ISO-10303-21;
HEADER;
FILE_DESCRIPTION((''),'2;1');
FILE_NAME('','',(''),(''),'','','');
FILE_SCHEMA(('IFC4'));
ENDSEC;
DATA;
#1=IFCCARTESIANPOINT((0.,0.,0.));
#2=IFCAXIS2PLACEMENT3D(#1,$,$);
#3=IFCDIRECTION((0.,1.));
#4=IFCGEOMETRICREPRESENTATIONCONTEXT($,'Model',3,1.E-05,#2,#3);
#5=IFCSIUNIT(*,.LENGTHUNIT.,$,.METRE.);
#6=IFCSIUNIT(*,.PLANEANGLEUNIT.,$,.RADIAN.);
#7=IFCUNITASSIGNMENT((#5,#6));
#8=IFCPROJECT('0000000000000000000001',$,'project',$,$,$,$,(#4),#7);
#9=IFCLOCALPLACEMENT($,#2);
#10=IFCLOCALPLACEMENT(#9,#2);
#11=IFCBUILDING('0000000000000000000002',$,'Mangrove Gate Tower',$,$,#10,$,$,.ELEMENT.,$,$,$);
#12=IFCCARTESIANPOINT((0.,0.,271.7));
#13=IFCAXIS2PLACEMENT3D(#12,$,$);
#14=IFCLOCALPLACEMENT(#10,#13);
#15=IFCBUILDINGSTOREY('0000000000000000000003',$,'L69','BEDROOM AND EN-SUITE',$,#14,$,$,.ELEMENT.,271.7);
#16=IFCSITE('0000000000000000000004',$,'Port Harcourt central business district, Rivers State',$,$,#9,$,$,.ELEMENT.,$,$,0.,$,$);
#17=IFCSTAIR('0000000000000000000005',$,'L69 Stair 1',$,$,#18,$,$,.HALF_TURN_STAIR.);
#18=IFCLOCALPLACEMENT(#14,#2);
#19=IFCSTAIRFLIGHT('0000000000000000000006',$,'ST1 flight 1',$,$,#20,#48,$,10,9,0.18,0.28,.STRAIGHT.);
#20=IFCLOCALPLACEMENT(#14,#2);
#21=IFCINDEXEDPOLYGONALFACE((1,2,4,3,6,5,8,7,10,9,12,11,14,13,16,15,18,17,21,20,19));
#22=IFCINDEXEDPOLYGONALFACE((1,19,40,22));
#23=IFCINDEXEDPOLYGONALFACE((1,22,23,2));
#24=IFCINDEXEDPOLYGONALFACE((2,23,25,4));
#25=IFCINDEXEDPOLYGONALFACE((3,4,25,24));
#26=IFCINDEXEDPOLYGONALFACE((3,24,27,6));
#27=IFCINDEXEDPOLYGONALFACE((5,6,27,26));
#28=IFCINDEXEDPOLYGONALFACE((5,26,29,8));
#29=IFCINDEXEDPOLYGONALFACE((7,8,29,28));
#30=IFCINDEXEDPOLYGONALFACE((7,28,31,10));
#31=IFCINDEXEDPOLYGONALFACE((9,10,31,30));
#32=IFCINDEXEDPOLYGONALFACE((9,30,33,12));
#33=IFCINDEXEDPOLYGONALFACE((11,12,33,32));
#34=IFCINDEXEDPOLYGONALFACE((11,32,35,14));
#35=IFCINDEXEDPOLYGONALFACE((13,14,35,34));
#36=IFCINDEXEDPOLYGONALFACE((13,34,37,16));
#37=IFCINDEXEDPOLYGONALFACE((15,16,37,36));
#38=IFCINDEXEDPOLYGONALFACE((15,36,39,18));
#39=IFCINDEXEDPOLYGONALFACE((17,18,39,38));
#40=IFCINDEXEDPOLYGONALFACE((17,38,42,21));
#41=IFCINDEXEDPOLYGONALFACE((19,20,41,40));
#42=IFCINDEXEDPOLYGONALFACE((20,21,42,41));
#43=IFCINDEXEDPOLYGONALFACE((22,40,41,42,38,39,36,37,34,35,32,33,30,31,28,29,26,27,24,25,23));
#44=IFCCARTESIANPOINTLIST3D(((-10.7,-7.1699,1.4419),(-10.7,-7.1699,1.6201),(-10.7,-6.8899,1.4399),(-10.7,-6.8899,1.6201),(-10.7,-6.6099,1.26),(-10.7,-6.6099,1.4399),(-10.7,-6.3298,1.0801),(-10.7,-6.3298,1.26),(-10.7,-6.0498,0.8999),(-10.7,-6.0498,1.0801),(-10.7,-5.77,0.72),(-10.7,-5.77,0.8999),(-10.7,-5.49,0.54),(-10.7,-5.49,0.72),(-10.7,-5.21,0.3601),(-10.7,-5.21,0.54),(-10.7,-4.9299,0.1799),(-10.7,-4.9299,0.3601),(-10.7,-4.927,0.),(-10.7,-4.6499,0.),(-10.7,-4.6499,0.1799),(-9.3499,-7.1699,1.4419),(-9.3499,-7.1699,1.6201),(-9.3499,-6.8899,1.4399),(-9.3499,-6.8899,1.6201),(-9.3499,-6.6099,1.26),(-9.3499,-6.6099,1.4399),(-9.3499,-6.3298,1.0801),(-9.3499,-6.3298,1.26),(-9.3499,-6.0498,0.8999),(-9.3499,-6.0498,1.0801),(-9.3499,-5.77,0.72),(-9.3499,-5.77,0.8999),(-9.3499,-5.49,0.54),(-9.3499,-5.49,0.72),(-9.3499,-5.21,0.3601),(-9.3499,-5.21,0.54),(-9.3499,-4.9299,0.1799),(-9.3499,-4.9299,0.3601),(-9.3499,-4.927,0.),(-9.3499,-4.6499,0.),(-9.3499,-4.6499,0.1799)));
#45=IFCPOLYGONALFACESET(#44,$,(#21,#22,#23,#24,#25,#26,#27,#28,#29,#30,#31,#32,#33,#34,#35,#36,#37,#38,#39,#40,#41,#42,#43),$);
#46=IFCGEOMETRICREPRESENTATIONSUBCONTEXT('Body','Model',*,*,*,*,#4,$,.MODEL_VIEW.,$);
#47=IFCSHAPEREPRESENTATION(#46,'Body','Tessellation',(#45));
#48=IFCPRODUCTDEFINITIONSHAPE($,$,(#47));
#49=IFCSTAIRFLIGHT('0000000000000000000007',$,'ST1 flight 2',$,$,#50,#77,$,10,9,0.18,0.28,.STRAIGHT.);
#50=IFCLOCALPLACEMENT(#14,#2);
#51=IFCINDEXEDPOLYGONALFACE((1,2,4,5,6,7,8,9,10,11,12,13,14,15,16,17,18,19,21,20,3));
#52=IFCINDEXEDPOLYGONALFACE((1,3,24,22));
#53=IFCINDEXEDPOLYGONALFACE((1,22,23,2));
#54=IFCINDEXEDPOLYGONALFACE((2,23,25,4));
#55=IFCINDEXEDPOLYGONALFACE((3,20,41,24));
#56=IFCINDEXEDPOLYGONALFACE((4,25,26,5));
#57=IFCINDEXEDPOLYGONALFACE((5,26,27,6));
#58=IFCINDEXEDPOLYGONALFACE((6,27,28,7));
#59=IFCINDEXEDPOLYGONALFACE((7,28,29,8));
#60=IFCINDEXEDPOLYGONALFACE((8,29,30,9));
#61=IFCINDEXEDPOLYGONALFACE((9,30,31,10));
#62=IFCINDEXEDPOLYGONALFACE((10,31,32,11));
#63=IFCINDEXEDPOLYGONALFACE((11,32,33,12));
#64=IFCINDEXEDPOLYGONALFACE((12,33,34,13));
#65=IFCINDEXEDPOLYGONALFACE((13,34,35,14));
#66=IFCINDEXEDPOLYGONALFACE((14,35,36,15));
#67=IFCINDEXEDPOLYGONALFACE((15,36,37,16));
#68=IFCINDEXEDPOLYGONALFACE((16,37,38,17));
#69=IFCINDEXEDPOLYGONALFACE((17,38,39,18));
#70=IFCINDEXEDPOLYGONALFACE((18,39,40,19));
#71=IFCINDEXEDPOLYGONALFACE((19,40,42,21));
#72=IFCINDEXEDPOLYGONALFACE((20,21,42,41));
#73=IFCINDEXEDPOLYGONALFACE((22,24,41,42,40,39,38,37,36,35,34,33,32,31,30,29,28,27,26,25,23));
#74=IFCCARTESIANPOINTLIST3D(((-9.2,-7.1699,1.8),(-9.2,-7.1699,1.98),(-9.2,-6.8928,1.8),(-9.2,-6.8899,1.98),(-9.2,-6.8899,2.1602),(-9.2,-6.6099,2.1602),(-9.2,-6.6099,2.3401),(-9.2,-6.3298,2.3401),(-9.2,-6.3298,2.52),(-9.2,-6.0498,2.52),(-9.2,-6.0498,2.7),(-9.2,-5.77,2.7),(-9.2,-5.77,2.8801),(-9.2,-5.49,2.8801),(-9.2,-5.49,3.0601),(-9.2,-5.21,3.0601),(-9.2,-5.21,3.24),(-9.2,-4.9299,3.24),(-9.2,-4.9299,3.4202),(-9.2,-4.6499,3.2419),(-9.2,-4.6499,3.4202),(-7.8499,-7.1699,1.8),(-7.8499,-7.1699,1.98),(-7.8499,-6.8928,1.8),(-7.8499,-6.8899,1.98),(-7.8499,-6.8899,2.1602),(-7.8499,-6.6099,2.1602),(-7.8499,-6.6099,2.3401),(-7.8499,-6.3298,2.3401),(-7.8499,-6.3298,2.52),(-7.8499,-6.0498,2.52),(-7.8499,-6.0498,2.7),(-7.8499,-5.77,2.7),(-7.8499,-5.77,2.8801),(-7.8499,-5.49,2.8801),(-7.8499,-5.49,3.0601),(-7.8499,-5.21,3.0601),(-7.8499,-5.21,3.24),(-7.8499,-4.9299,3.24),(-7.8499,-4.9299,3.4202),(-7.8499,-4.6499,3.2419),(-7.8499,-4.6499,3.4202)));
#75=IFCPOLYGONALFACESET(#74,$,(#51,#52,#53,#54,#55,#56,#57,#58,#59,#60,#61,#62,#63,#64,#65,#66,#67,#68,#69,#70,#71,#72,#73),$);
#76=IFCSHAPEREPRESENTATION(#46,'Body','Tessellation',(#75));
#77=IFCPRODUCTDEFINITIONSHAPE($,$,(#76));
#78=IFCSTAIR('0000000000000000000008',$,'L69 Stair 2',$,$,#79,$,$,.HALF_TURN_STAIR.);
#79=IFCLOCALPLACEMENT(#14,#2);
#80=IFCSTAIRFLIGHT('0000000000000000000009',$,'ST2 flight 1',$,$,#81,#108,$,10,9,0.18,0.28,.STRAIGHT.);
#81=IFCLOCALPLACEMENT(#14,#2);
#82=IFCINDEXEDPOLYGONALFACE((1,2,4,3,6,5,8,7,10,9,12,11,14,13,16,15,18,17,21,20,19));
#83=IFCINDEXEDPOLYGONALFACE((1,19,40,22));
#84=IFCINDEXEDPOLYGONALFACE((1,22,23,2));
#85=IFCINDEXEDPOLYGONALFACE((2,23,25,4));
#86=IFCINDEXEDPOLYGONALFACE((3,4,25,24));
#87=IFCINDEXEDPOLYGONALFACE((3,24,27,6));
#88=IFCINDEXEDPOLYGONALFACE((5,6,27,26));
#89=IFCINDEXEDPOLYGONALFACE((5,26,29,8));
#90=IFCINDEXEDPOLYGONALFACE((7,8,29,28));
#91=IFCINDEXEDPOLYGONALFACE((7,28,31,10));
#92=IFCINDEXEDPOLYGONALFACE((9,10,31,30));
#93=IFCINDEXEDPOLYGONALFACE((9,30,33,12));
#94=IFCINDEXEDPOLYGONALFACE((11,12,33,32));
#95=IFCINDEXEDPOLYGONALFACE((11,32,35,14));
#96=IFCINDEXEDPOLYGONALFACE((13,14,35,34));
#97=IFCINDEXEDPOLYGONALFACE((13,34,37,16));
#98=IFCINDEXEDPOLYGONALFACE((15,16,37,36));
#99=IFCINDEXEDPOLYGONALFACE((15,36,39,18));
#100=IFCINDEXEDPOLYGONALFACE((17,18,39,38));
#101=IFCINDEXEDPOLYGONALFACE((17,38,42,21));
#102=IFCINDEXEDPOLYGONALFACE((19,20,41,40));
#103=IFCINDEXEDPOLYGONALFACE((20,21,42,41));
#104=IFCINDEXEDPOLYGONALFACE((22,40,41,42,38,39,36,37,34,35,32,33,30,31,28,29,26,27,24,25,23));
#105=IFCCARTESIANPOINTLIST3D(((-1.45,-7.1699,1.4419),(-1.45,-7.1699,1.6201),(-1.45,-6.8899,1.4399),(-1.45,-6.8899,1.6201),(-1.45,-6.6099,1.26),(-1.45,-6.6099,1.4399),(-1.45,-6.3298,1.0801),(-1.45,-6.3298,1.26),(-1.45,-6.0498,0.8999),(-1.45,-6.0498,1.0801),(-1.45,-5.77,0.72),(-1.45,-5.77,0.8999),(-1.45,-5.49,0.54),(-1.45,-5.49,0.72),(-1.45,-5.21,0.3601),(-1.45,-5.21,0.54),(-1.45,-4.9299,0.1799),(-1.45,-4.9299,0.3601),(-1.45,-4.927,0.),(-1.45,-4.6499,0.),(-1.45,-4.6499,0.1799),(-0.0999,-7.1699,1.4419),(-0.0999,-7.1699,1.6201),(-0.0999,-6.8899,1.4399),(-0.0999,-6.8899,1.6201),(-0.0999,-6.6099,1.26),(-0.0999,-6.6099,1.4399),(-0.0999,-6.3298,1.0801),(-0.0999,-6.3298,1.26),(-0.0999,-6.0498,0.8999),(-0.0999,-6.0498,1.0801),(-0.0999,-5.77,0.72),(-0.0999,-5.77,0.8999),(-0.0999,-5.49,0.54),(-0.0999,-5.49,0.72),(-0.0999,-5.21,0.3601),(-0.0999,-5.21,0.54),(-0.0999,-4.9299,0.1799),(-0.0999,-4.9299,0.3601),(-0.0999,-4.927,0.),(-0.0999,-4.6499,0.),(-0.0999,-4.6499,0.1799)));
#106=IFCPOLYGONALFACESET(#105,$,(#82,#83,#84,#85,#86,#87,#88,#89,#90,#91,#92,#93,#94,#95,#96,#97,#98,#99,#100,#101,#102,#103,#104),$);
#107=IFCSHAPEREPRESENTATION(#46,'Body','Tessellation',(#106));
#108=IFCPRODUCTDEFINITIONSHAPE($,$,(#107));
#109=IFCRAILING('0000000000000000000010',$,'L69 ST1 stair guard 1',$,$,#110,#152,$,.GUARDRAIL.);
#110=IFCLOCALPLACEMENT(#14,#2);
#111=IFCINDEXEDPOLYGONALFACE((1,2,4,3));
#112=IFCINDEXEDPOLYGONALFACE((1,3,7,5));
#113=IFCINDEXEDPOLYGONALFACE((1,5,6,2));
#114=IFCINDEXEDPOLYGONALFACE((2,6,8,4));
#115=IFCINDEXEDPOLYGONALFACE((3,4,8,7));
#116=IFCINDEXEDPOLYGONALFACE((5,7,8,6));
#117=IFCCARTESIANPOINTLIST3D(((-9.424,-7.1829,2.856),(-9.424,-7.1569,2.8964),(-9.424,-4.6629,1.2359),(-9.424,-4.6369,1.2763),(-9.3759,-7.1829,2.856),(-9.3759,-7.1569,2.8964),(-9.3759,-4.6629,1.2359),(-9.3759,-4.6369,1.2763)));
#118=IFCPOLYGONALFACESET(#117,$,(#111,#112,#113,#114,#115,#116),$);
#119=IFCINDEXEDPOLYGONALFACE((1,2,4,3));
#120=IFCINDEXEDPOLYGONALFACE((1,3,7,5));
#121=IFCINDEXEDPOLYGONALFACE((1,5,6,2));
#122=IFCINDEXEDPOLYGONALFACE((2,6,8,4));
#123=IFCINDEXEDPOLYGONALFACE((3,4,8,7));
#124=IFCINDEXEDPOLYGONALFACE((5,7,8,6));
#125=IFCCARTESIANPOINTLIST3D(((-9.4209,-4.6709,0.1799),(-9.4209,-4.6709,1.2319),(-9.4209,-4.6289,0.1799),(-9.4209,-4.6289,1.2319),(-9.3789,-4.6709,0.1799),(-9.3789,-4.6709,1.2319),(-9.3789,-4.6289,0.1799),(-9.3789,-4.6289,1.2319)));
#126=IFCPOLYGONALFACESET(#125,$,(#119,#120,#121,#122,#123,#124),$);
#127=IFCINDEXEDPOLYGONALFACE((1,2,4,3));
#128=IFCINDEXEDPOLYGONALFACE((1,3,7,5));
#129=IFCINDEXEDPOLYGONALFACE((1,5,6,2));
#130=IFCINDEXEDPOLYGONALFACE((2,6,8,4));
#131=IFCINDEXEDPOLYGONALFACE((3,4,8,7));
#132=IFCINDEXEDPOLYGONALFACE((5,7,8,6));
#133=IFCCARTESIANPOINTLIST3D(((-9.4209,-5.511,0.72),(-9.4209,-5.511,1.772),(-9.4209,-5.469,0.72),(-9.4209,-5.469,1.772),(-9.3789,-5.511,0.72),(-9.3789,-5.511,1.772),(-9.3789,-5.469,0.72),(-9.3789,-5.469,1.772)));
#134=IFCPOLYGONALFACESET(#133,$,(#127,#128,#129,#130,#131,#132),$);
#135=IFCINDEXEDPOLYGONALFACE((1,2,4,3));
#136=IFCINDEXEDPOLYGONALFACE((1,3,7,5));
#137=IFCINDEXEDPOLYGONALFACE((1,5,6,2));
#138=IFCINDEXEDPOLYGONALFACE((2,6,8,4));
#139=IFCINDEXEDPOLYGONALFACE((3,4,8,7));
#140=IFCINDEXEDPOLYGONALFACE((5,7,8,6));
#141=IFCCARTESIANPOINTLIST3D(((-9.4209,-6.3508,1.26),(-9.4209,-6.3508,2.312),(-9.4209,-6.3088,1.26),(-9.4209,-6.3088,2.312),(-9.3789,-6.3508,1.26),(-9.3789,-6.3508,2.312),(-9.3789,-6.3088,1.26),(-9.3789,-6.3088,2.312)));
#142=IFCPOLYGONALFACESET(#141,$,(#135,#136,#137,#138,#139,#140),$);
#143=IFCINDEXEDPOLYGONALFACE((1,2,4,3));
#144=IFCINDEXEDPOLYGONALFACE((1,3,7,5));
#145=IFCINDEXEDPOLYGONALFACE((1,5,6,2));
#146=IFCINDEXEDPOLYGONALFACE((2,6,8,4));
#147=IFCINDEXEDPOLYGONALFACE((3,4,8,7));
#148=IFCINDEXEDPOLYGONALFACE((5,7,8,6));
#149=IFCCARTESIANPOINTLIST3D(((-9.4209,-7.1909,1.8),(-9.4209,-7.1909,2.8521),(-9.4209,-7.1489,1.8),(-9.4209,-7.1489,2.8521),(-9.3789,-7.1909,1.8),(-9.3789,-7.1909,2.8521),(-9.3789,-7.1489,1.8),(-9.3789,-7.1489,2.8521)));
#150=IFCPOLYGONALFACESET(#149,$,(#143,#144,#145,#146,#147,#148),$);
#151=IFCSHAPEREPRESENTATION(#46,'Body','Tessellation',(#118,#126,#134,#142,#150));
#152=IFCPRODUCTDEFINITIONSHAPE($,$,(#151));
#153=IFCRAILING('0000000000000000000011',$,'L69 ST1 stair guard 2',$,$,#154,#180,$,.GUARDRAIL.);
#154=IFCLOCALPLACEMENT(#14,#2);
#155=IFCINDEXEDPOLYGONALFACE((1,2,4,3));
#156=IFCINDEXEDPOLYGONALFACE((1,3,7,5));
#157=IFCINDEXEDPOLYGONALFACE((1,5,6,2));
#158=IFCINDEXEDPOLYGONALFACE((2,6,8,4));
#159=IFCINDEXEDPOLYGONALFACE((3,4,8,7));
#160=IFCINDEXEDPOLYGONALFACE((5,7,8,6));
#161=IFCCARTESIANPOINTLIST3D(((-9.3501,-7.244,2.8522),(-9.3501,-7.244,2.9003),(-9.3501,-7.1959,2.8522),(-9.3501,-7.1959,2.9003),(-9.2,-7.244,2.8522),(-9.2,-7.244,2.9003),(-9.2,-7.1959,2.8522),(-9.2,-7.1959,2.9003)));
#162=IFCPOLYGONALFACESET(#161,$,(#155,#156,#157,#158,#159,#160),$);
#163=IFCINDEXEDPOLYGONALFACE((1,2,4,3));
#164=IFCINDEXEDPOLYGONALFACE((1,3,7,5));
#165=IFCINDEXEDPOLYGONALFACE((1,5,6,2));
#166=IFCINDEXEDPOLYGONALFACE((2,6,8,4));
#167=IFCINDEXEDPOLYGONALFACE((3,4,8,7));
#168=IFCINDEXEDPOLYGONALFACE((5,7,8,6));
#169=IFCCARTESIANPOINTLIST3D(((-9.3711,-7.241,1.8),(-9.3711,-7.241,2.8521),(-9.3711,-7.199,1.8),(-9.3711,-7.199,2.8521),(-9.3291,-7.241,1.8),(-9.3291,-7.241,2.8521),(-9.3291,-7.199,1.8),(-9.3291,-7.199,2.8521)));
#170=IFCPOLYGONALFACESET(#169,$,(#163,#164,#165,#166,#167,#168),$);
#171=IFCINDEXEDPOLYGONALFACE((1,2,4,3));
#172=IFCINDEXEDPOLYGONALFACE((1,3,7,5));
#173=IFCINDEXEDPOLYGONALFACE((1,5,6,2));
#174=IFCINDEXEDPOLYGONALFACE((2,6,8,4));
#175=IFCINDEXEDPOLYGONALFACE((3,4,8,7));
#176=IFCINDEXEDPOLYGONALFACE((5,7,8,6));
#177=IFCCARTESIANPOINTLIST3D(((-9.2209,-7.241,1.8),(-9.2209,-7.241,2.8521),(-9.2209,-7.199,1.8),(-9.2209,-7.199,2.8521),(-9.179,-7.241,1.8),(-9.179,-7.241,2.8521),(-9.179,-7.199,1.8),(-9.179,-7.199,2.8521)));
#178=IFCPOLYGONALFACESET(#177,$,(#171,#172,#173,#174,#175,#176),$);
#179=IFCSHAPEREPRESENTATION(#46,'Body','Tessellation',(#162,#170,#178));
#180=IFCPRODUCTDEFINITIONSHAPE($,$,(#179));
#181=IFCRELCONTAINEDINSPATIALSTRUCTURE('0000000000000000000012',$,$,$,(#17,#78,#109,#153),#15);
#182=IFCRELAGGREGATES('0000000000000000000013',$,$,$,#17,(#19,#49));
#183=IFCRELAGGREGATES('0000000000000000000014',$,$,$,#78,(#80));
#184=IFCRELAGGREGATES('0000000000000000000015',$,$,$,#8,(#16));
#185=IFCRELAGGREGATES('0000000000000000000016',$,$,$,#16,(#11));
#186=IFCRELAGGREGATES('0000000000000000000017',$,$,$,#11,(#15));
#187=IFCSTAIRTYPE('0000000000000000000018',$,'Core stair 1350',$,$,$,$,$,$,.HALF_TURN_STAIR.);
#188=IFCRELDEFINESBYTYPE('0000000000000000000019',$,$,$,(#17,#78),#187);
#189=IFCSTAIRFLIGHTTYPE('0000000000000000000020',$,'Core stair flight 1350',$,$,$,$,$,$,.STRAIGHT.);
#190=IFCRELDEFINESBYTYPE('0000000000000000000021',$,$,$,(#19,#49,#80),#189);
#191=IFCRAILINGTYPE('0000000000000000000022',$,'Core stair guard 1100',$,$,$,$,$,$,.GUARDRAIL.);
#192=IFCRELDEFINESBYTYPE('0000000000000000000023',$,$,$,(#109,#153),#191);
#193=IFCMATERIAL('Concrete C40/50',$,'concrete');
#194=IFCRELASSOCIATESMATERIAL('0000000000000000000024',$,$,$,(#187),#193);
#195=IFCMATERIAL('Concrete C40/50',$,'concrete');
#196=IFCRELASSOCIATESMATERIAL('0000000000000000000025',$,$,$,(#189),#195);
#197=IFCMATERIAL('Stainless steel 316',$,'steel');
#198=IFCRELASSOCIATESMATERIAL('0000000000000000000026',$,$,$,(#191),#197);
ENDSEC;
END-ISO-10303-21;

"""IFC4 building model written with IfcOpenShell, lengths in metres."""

from ifc_helpers import new_model, si_unit, direction, frame, origin, origin_2d, place, context, subcontext, project, spatial, polyline, rectangle, outline, extrude, material, type_object, element, aggregate, save


model = new_model("IFC4")

# Units and contexts
model_context = context("Model", 3, precision=1e-05, world=origin(), true_north=direction((0.0, 1.0)))
body_context = subcontext(model_context, "Body", "Model", "MODEL_VIEW")
ifc_project = project(units=[si_unit("LENGTHUNIT", "METRE"), si_unit("PLANEANGLEUNIT", "RADIAN")], contexts=[model_context])

# Site, building, storey
site_placement = place(None, origin())
site = spatial("IfcSite", under=ifc_project, at=site_placement, Name="Port Harcourt central business district, Rivers State", CompositionType="ELEMENT", RefElevation=0.0)
building_placement = place(site_placement, origin())
building = spatial("IfcBuilding", under=site, at=building_placement, Name="Mangrove Gate Tower", CompositionType="ELEMENT")
storey_placement = place(building_placement, frame((0.0, 0.0, 271.7)))
storey = spatial("IfcBuildingStorey", under=building, at=storey_placement, Name="L69", Description="BEDROOM AND EN-SUITE", CompositionType="ELEMENT", Elevation=271.7)

# Stair, stair flights
ifc_material_1 = material(Name="Concrete C40/50", Category="concrete")
stair_type = type_object("IfcStairType", Name="Core stair 1350", PredefinedType="HALF_TURN_STAIR", material=ifc_material_1)
stair_1_placement = place(storey_placement, origin())
stair_1 = element("IfcStair", 1, at=stair_1_placement, inside=storey, type_object=stair_type, Name="L69 Stair 1", PredefinedType="HALF_TURN_STAIR")
ifc_material_2 = material(Name="Concrete C40/50", Category="concrete")
stair_flight_type = type_object("IfcStairFlightType", Name="Core stair flight 1350", PredefinedType="STRAIGHT", material=ifc_material_2)
stair_flight_1_placement = place(storey_placement, frame((-10.0249, -4.6499, 0.0), z_axis=(0.0, 0.0, 1.0), x_axis=(0.0, -1.0, 0.0)))
stair_flight_1 = element("IfcStairFlight", 2, at=stair_flight_1_placement, type_object=stair_flight_type, Name="ST1 flight 1", NumberOfRisers=10, NumberOfTreads=9, PredefinedType="STRAIGHT", RiserHeight=0.18, TreadLength=0.28, context=body_context, shape_type="SweptSolid", body=[
    extrude(outline(polyline([(0.0, 0.0), (0.0, 0.1799), (0.28, 0.1799), (0.28, 0.3601), (0.5601, 0.3601), (0.5601, 0.54), (0.8401, 0.54), (0.8401, 0.72), (1.1201, 0.72), (1.1201, 0.8999), (1.3999, 0.8999), (1.3999, 1.0801), (1.6799, 1.0801), (1.6799, 1.26), (1.96, 1.26), (1.96, 1.4399), (2.24, 1.4399), (2.24, 1.6201), (2.52, 1.6201), (2.52, 1.8), (2.52, 1.4419), (0.2771, 0.0), (0.0, 0.0)])), frame((0.0, 0.675, 0.0), z_axis=(0.0, -1.0, 0.0), x_axis=(1.0, 0.0, 0.0)), (0.0, 0.0, 1.0), 1.3501),
])
stair_flight_2_placement = place(storey_placement, frame((-8.5249, -7.1699, 1.8), z_axis=(0.0, 0.0, 1.0), x_axis=(0.0, 1.0, 0.0)))
stair_flight_2 = element("IfcStairFlight", 3, at=stair_flight_2_placement, type_object=stair_flight_type, Name="ST1 flight 2", NumberOfRisers=10, NumberOfTreads=9, PredefinedType="STRAIGHT", RiserHeight=0.18, TreadLength=0.28, context=body_context, shape_type="SweptSolid", body=[
    extrude(outline(polyline([(0.0, 0.0), (0.0, 0.1799), (0.28, 0.1799), (0.28, 0.3601), (0.5601, 0.3601), (0.5601, 0.54), (0.8401, 0.54), (0.8401, 0.72), (1.1201, 0.72), (1.1201, 0.8999), (1.3999, 0.8999), (1.3999, 1.0801), (1.6799, 1.0801), (1.6799, 1.26), (1.96, 1.26), (1.96, 1.4399), (2.24, 1.4399), (2.24, 1.6201), (2.52, 1.6201), (2.52, 1.8), (2.52, 1.4419), (0.2771, 0.0), (0.0, 0.0)])), frame((0.0, 0.675, 0.0), z_axis=(0.0, -1.0, 0.0), x_axis=(1.0, 0.0, 0.0)), (0.0, 0.0, 1.0), 1.3501),
])
aggregate(stair_1, [stair_flight_1, stair_flight_2])

# Stair, stair flight
stair_2_placement = place(storey_placement, origin())
stair_2 = element("IfcStair", 4, at=stair_2_placement, inside=storey, type_object=stair_type, Name="L69 Stair 2", PredefinedType="HALF_TURN_STAIR")
stair_flight_3_placement = place(storey_placement, frame((-0.7749, -4.6499, 0.0), z_axis=(0.0, 0.0, 1.0), x_axis=(0.0, -1.0, 0.0)))
stair_flight_3 = element("IfcStairFlight", 5, at=stair_flight_3_placement, type_object=stair_flight_type, Name="ST2 flight 1", NumberOfRisers=10, NumberOfTreads=9, PredefinedType="STRAIGHT", RiserHeight=0.18, TreadLength=0.28, context=body_context, shape_type="SweptSolid", body=[
    extrude(outline(polyline([(0.0, 0.0), (0.0, 0.1799), (0.28, 0.1799), (0.28, 0.3601), (0.5601, 0.3601), (0.5601, 0.54), (0.8401, 0.54), (0.8401, 0.72), (1.1201, 0.72), (1.1201, 0.8999), (1.3999, 0.8999), (1.3999, 1.0801), (1.6799, 1.0801), (1.6799, 1.26), (1.96, 1.26), (1.96, 1.4399), (2.24, 1.4399), (2.24, 1.6201), (2.52, 1.6201), (2.52, 1.8), (2.52, 1.4419), (0.2771, 0.0), (0.0, 0.0)])), frame((0.0, 0.675, 0.0), z_axis=(0.0, -1.0, 0.0), x_axis=(1.0, 0.0, 0.0)), (0.0, 0.0, 1.0), 1.3501),
])
aggregate(stair_2, [stair_flight_3])

# Railings
ifc_material_3 = material(Name="Stainless steel 316", Category="steel")
railing_type_1 = type_object("IfcRailingType", Name="Core stair guard 1100", PredefinedType="GUARDRAIL", material=ifc_material_3)
railing_1_placement = place(storey_placement, frame((-9.3999, -4.6499, 0.1799)))
element("IfcRailing", 6, at=railing_1_placement, inside=storey, type_object=railing_type_1, Name="L69 ST1 stair guard 1", PredefinedType="GUARDRAIL", context=body_context, shape_type="SweptSolid", body=[
    extrude(rectangle(XDim=0.0481, YDim=0.0481, at=origin_2d()), frame((0.0, 0.0, 1.0762), z_axis=(0.0, -0.841163, 0.540782), x_axis=(1.0, 0.0, 0.0)), (0.0, 0.0, 1.0), 2.9958),
    extrude(rectangle(XDim=0.042, YDim=0.042, at=origin_2d()), origin(), (0.0, 0.0, 1.0), 1.052),
    extrude(rectangle(XDim=0.042, YDim=0.042, at=origin_2d()), frame((0.0, -0.8401, 0.54)), (0.0, 0.0, 1.0), 1.052),
    extrude(rectangle(XDim=0.042, YDim=0.042, at=origin_2d()), frame((0.0, -1.6799, 1.0801)), (0.0, 0.0, 1.0), 1.052),
    extrude(rectangle(XDim=0.042, YDim=0.042, at=origin_2d()), frame((0.0, -2.52, 1.6201)), (0.0, 0.0, 1.0), 1.052),
])
railing_2_placement = place(storey_placement, frame((-9.3501, -7.22, 1.8)))
element("IfcRailing", 7, at=railing_2_placement, inside=storey, type_object=railing_type_1, Name="L69 ST1 stair guard 2", PredefinedType="GUARDRAIL", context=body_context, shape_type="SweptSolid", body=[
    extrude(rectangle(XDim=0.0481, YDim=0.0481, at=origin_2d()), frame((0.0, 0.0, 1.0762), z_axis=(1.0, 0.0, 0.0), x_axis=(0.0, 1.0, 0.0)), (0.0, 0.0, 1.0), 0.1501),
    extrude(rectangle(XDim=0.042, YDim=0.042, at=origin_2d()), origin(), (0.0, 0.0, 1.0), 1.052),
    extrude(rectangle(XDim=0.042, YDim=0.042, at=origin_2d()), frame((0.1501, 0.0, 0.0)), (0.0, 0.0, 1.0), 1.052),
])

save(model, "model.ifc")
